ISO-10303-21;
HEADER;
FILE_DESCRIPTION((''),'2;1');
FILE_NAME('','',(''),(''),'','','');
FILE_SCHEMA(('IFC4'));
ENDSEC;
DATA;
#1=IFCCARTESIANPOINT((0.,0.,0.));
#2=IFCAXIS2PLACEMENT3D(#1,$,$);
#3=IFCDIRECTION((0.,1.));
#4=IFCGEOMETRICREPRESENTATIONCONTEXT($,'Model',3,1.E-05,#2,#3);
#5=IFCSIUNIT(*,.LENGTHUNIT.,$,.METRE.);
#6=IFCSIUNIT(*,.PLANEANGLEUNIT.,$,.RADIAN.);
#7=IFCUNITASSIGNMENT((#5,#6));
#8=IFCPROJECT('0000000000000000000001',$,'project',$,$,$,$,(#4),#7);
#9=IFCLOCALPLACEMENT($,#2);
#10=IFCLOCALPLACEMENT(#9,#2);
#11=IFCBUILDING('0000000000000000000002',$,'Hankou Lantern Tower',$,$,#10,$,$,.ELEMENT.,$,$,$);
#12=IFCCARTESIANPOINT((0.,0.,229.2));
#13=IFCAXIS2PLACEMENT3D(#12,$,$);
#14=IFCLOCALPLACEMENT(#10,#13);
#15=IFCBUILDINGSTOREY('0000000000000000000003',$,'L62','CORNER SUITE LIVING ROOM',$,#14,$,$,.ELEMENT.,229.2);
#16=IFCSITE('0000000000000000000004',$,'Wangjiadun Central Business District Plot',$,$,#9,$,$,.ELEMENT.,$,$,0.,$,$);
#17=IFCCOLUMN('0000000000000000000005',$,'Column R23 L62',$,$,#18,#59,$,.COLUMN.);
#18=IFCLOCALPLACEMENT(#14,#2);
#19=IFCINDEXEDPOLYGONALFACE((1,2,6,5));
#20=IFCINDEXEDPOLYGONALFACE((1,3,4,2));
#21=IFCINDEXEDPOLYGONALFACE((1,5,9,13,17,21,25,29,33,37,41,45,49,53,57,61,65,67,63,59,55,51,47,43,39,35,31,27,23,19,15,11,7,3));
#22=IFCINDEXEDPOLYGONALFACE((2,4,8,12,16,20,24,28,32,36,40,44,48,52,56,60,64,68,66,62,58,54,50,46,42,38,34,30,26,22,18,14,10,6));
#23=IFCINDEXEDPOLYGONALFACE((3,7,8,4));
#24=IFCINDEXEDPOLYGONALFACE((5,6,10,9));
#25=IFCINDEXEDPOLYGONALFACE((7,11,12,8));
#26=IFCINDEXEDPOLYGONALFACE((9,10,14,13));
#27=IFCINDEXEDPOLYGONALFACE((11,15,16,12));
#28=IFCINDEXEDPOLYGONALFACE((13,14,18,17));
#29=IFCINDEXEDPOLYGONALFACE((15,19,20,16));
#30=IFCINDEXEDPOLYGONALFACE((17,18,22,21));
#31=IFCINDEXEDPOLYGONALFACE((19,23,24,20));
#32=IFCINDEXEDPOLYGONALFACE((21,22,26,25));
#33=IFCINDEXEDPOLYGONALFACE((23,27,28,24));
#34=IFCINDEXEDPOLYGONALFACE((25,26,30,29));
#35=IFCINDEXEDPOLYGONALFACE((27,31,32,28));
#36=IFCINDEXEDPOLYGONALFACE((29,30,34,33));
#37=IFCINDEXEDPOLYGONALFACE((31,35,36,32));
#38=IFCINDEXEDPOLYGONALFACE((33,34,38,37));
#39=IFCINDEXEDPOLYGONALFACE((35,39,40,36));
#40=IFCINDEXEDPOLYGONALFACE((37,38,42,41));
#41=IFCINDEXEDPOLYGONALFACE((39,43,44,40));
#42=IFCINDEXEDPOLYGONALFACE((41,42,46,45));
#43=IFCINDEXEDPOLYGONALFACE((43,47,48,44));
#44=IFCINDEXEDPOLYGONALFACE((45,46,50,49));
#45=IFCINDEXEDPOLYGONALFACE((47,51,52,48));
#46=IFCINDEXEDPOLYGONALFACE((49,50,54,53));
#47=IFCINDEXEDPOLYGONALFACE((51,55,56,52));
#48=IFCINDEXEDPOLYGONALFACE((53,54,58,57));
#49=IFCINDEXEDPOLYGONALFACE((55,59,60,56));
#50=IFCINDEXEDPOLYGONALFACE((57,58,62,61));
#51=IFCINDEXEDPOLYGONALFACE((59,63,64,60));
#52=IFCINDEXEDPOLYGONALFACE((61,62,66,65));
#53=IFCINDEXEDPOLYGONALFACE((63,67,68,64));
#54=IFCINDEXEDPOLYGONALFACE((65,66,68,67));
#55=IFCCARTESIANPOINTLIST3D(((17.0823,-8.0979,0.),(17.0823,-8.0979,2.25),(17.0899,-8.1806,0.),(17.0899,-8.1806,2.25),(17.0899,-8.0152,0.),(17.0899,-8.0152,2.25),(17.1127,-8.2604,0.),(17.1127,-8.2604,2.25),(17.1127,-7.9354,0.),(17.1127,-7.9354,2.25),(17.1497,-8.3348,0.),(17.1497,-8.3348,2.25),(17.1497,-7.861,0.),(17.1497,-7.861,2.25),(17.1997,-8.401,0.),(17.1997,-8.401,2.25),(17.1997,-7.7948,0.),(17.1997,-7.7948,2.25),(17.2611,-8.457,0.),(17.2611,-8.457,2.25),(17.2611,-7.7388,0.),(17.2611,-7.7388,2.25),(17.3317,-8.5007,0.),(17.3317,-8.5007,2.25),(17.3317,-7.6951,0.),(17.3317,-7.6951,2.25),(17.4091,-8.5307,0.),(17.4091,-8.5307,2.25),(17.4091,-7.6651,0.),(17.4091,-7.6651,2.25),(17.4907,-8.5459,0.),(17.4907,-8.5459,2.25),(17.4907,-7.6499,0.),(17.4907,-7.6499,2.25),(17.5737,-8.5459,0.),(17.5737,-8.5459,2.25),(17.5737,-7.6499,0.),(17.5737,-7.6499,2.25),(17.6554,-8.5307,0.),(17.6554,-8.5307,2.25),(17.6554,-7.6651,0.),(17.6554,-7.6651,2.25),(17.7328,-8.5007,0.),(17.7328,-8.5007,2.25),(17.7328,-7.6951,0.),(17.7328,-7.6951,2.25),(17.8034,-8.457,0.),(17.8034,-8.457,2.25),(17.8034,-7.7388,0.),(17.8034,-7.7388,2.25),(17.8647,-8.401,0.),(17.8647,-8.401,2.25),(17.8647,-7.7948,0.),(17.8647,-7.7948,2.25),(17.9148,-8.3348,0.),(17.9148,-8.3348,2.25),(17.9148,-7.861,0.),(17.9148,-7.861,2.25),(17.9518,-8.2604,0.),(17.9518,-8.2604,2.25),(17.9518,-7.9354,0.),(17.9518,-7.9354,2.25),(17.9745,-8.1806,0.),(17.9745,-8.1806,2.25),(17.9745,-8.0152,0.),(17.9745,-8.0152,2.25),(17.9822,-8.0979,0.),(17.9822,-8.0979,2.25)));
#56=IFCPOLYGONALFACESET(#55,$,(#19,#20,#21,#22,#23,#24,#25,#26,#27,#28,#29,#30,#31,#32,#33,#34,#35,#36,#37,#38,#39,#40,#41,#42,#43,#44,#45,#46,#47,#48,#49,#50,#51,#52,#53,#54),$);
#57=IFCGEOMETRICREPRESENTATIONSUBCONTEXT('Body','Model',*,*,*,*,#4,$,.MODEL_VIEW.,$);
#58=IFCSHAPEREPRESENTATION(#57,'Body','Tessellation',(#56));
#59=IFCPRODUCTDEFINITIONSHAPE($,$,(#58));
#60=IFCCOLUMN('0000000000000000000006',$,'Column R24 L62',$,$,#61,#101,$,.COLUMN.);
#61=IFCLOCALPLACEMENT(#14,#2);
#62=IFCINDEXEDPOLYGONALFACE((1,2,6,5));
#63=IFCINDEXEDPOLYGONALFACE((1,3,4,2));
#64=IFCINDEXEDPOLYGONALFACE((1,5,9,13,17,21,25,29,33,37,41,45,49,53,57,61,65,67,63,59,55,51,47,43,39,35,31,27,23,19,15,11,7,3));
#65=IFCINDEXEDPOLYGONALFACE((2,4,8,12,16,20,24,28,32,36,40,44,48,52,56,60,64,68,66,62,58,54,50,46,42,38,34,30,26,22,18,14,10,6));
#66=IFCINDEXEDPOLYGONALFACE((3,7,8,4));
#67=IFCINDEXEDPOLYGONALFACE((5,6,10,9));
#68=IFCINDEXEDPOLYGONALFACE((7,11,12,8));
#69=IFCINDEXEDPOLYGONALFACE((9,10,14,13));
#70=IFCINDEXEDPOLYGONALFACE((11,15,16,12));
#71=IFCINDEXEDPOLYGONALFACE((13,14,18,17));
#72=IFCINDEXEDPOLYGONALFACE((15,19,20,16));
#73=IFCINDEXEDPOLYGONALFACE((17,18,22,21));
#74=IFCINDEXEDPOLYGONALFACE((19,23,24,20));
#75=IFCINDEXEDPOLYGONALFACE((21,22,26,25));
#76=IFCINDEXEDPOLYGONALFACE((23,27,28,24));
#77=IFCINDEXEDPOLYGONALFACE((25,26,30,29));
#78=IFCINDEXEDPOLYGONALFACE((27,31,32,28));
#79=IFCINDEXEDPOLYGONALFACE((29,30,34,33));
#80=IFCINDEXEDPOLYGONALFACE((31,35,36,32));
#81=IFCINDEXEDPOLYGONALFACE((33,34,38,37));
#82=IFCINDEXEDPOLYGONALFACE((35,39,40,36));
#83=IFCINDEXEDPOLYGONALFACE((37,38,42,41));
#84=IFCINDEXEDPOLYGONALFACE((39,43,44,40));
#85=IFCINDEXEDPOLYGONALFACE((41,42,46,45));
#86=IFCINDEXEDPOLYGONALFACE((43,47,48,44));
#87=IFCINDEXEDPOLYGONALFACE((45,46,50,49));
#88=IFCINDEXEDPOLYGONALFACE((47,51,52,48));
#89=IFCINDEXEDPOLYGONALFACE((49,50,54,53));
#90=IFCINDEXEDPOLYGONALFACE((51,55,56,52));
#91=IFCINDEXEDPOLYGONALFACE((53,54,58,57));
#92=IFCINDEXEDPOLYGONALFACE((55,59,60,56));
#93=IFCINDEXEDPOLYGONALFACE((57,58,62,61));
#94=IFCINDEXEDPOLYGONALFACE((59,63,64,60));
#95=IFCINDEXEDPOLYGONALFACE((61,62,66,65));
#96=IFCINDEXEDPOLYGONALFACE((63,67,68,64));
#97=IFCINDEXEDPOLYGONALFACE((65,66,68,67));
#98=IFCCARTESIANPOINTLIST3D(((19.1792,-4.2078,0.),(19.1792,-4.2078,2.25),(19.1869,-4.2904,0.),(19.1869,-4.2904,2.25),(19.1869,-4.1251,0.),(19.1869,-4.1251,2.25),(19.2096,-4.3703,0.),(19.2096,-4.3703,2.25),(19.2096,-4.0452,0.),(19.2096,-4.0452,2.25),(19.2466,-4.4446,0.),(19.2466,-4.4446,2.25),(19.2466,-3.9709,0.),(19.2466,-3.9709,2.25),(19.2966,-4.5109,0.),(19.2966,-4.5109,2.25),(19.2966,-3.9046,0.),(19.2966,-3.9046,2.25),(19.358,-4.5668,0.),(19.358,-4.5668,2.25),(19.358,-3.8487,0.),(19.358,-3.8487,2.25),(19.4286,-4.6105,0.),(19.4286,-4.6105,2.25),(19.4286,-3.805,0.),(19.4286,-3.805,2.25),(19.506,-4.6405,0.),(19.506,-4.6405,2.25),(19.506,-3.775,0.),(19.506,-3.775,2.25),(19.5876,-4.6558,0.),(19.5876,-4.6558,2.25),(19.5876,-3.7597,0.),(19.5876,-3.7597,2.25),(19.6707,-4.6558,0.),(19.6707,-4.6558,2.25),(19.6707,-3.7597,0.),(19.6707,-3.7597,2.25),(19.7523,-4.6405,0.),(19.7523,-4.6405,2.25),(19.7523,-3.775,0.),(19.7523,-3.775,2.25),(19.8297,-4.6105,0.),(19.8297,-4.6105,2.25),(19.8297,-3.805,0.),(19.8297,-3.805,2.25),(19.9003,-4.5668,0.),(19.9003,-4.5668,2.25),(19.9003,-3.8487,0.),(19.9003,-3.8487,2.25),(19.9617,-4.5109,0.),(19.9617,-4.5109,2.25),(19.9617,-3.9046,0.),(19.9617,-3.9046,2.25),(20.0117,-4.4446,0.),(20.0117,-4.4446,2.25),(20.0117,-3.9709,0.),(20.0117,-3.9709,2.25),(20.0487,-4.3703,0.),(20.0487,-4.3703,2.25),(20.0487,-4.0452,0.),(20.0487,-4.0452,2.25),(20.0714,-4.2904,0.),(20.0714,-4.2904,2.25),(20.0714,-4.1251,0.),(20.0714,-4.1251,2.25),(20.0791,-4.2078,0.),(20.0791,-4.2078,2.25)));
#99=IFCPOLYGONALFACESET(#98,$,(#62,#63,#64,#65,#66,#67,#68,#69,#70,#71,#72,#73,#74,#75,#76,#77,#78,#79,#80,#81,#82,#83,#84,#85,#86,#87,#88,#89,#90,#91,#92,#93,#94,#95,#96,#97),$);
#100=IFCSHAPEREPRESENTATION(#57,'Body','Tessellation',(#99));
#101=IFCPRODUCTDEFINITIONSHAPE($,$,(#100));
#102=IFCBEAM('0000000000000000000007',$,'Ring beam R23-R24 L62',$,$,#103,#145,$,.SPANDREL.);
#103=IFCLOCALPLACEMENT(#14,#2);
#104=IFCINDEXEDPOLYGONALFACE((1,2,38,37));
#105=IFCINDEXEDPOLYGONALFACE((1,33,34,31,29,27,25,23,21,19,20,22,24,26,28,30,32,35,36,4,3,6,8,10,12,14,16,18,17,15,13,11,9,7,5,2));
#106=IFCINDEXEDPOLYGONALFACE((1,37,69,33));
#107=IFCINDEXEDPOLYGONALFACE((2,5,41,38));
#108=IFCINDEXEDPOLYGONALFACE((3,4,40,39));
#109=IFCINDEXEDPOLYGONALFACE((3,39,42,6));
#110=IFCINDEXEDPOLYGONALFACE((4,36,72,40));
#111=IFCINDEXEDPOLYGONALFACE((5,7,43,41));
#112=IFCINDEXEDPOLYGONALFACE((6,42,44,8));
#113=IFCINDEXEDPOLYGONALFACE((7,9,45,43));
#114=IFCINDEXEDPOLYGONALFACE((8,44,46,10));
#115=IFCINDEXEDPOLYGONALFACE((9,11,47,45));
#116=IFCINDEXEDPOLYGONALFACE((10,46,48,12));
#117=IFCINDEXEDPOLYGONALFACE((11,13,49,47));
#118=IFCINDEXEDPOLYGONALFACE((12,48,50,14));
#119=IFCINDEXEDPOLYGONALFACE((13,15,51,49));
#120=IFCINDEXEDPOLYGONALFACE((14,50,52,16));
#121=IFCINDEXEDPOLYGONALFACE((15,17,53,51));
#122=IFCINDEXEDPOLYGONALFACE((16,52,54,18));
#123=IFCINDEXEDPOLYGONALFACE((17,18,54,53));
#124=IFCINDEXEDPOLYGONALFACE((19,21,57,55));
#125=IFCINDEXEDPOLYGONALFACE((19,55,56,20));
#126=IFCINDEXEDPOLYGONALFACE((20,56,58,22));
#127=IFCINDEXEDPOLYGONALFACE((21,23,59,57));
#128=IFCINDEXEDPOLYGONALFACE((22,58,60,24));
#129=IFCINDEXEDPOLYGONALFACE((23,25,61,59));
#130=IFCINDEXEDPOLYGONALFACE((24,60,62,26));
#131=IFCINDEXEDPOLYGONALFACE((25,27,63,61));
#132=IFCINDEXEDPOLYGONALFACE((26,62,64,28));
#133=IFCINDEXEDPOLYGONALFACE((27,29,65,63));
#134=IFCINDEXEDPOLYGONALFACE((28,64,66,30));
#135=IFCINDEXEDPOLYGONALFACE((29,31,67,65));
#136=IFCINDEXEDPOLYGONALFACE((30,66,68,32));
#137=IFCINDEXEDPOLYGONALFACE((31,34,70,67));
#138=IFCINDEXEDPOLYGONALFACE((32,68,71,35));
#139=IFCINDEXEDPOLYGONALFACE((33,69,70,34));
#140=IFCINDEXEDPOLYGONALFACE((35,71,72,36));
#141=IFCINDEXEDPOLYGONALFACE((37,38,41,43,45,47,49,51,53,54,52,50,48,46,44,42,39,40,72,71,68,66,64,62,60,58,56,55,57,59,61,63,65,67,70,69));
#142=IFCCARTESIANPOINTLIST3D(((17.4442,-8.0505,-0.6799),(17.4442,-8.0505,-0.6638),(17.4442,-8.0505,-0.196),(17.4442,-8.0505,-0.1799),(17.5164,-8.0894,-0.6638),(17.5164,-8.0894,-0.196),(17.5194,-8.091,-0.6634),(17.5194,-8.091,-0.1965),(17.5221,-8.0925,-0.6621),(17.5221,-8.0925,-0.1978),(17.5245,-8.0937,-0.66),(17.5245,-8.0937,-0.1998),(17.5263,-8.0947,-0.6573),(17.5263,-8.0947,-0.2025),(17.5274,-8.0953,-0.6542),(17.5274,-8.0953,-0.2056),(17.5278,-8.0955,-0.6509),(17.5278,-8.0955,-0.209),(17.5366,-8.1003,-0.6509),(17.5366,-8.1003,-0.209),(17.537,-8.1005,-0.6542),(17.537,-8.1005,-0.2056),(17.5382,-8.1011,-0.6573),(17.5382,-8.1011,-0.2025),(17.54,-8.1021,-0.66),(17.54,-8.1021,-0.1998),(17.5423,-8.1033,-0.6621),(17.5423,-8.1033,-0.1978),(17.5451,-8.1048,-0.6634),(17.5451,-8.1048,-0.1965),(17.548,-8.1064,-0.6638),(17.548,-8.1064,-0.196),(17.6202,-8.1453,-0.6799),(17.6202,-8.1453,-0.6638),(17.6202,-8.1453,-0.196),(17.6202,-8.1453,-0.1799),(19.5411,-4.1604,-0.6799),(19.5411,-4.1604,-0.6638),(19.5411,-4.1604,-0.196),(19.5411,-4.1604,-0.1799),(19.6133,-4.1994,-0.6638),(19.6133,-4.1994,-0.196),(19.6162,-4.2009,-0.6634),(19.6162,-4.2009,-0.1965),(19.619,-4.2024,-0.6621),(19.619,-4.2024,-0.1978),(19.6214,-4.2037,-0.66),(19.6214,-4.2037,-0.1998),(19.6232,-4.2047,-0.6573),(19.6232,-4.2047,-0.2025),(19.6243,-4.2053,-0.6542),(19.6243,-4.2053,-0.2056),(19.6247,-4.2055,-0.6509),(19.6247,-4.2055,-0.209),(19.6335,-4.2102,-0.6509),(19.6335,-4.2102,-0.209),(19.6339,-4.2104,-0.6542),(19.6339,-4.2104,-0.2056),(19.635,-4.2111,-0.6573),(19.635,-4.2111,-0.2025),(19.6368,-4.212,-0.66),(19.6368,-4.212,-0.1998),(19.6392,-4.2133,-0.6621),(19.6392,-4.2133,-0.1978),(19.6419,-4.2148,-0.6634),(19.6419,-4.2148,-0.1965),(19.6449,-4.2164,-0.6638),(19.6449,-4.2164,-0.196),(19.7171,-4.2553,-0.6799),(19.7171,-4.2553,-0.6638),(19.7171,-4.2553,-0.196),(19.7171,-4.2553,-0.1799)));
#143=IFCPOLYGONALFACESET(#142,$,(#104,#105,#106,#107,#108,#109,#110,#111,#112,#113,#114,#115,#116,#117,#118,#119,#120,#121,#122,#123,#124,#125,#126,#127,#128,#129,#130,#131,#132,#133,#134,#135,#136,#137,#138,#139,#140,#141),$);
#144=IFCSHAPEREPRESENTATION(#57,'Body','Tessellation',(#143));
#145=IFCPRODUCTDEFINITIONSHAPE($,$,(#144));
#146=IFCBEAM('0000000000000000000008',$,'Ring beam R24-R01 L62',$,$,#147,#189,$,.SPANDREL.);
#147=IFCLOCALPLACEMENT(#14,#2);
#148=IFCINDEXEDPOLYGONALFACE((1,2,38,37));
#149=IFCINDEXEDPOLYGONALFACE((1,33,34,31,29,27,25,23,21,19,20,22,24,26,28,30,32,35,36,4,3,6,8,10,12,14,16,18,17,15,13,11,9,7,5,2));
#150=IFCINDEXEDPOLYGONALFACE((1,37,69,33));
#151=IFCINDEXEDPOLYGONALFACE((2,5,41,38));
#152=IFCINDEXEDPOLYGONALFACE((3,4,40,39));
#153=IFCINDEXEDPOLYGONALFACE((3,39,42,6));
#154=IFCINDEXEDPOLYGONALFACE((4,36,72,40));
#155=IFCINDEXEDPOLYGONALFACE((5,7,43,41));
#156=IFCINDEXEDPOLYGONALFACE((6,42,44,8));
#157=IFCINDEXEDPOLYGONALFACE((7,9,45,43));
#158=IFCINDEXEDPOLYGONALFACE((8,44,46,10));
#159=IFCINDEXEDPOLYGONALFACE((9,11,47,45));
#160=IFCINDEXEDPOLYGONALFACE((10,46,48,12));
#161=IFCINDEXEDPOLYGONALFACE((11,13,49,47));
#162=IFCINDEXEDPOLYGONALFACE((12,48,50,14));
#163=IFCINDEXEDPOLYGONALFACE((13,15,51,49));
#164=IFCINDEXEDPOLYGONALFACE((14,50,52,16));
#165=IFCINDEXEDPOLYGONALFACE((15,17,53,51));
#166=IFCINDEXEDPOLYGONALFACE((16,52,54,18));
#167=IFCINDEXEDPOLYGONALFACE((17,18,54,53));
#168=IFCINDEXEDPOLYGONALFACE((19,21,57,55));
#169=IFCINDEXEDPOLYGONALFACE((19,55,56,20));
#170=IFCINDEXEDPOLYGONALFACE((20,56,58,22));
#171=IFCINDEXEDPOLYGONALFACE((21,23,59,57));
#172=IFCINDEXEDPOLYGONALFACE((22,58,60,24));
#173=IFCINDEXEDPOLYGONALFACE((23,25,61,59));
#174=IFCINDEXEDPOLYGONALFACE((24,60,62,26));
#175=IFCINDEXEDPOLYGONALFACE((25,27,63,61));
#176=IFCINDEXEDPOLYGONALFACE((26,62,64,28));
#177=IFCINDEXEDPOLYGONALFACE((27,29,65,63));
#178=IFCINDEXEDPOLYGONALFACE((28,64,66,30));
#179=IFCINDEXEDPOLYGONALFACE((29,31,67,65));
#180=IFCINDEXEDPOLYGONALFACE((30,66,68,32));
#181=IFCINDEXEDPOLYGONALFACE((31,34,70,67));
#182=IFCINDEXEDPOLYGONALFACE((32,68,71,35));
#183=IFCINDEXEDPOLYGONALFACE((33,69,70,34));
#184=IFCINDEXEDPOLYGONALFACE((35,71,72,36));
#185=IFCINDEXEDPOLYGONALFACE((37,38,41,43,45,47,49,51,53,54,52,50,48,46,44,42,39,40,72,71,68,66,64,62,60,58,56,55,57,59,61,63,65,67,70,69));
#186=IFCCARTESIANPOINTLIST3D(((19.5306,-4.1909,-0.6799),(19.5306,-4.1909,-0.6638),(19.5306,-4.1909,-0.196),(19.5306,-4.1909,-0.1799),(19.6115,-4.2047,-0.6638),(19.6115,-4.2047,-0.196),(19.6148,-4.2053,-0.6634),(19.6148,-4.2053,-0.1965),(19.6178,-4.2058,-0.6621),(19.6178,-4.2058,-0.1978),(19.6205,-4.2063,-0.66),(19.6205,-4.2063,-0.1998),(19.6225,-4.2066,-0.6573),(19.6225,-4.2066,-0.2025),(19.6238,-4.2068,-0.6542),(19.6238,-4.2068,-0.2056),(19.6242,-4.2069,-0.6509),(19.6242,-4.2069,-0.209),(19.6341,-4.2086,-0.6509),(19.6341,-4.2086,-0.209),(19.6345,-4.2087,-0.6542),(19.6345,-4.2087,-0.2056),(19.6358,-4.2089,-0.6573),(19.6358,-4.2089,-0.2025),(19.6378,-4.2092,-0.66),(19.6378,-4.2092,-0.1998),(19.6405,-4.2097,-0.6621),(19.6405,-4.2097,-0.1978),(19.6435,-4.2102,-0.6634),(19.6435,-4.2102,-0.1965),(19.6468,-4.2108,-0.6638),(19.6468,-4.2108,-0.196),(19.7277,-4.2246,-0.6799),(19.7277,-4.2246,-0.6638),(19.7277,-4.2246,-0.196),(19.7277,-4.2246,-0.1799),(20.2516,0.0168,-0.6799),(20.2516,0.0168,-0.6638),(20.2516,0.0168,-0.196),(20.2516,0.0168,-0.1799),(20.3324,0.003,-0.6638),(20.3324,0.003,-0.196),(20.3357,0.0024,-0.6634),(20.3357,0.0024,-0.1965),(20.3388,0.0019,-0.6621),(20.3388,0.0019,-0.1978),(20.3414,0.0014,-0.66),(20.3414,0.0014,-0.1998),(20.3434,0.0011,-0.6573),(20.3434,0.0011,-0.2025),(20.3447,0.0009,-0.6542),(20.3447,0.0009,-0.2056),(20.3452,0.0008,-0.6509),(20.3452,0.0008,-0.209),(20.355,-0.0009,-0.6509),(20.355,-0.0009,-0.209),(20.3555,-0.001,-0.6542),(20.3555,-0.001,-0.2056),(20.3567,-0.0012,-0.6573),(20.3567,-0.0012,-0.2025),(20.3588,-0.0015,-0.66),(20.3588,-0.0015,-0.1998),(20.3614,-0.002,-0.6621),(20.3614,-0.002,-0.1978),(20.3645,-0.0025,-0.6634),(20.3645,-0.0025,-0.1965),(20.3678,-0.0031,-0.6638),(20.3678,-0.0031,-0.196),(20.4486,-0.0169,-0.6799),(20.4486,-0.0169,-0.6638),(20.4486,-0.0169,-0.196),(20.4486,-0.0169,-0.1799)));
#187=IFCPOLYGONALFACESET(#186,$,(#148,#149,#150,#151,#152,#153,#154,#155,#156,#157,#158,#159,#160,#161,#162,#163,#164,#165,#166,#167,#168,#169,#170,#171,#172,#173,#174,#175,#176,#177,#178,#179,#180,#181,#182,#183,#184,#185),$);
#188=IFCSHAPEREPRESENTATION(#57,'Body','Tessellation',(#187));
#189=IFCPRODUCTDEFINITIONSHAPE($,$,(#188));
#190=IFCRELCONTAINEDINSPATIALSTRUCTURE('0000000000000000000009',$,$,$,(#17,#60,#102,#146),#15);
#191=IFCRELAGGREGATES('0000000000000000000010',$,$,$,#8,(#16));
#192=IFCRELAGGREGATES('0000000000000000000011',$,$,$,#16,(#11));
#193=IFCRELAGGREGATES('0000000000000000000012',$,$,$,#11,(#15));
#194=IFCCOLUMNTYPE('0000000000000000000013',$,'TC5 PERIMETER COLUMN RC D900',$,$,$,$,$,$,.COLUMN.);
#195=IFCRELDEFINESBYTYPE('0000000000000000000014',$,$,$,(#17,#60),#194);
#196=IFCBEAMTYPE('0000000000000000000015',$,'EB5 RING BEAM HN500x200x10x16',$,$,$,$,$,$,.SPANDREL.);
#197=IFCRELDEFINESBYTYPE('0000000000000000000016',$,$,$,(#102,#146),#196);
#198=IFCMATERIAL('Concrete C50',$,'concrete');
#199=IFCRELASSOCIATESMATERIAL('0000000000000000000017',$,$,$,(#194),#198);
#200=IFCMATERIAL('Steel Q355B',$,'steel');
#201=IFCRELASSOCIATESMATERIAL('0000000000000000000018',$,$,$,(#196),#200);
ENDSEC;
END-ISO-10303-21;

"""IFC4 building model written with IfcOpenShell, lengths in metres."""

from ifc_helpers import new_model, si_unit, direction, frame, origin, origin_2d, place, context, subcontext, project, spatial, circle, i_section, extrude, clip, halfspace, material, material_profile, profile_set, type_object, element, save


model = new_model("IFC4")

# Units and contexts
model_context = context("Model", 3, precision=1e-05, world=origin(), true_north=direction((0.0, 1.0)))
body_context = subcontext(model_context, "Body", "Model", "MODEL_VIEW")
ifc_project = project(units=[si_unit("LENGTHUNIT", "METRE"), si_unit("PLANEANGLEUNIT", "RADIAN")], contexts=[model_context])

# Site, building, storey
site_placement = place(None, origin())
site = spatial("IfcSite", under=ifc_project, at=site_placement, Name="Wangjiadun Central Business District Plot", CompositionType="ELEMENT", RefElevation=0.0)
building_placement = place(site_placement, origin())
building = spatial("IfcBuilding", under=site, at=building_placement, Name="Hankou Lantern Tower", CompositionType="ELEMENT")
storey_placement = place(building_placement, frame((0.0, 0.0, 229.2)))
storey = spatial("IfcBuildingStorey", under=building, at=storey_placement, Name="L62", Description="CORNER SUITE LIVING ROOM", CompositionType="ELEMENT", Elevation=229.2)

# Columns
ifc_material_1 = material(Name="Concrete C50", Category="concrete")
ifc_material_profile_1 = material_profile(ifc_material_1, circle(Radius=0.45, at=origin_2d()), Name="RC D900")
ifc_profile_set_1 = profile_set([ifc_material_profile_1], Name="Concrete C50")
column_type = type_object("IfcColumnType", Name="TC5 PERIMETER COLUMN RC D900", PredefinedType="COLUMN", material=ifc_profile_set_1)
for number, where, z_axis, x_axis, name in (
    (1, (17.5322, -8.0979, 0.0), (0.0, 0.0, 1.0), (1.0, 0.0, 0.0), "Column R23 L62"),
    (2, (19.6292, -4.2078, 0.0), (0.0, 0.0, 1.0), (1.0, 0.0, 0.0), "Column R24 L62"),
):
    element("IfcColumn", number, at=place(storey_placement, frame(where, z_axis=z_axis, x_axis=x_axis)), inside=storey, type_object=column_type, Name=name, PredefinedType="COLUMN", context=body_context, shape_type="Clipping", body=[
        clip(extrude(circle(Radius=0.45, at=origin_2d()), origin(), (0.0, 0.0, 1.0), 3.3), halfspace(frame((0.0, 0.0, 2.25), z_axis=(0.0, 0.0, 1.0), x_axis=(1.0, 0.0, 0.0)), False)),
    ])

# Beams
ifc_material_2 = material(Name="Steel Q355B", Category="steel")
ifc_material_profile_2 = material_profile(ifc_material_2, i_section(OverallWidth=0.2, OverallDepth=0.5, WebThickness=0.01, FlangeThickness=0.0161, FilletRadius=0.0129, at=origin_2d()), Name="HN500x200x10x16")
ifc_profile_set_2 = profile_set([ifc_material_profile_2], Name="Steel Q355B")
beam_type_1 = type_object("IfcBeamType", Name="EB5 RING BEAM HN500x200x10x16", PredefinedType="SPANDREL", material=ifc_profile_set_2)
beam_1_placement = place(storey_placement, frame((17.5322, -8.0979, -0.4299), z_axis=(0.474492, 0.88026, 0.0), x_axis=(-0.88026, 0.474492, 0.0)))
element("IfcBeam", 3, at=beam_1_placement, inside=storey, type_object=beam_type_1, Name="Ring beam R23-R24 L62", PredefinedType="SPANDREL", context=body_context, shape_type="SweptSolid", body=[
    extrude(i_section(OverallWidth=0.2, OverallDepth=0.5, WebThickness=0.01, FlangeThickness=0.0161, FilletRadius=0.0129, at=origin_2d()), origin(), (0.0, 0.0, 1.0), 4.4192),
])
beam_2_placement = place(storey_placement, frame((19.6292, -4.2078, -0.4299), z_axis=(0.168877, 0.985637, 0.0), x_axis=(-0.985637, 0.168877, 0.0)))
element("IfcBeam", 4, at=beam_2_placement, inside=storey, type_object=beam_type_1, Name="Ring beam R24-R01 L62", PredefinedType="SPANDREL", context=body_context, shape_type="SweptSolid", body=[
    extrude(i_section(OverallWidth=0.2, OverallDepth=0.5, WebThickness=0.01, FlangeThickness=0.0161, FilletRadius=0.0129, at=origin_2d()), origin(), (0.0, 0.0, 1.0), 4.269),
])

save(model, "model.ifc")
